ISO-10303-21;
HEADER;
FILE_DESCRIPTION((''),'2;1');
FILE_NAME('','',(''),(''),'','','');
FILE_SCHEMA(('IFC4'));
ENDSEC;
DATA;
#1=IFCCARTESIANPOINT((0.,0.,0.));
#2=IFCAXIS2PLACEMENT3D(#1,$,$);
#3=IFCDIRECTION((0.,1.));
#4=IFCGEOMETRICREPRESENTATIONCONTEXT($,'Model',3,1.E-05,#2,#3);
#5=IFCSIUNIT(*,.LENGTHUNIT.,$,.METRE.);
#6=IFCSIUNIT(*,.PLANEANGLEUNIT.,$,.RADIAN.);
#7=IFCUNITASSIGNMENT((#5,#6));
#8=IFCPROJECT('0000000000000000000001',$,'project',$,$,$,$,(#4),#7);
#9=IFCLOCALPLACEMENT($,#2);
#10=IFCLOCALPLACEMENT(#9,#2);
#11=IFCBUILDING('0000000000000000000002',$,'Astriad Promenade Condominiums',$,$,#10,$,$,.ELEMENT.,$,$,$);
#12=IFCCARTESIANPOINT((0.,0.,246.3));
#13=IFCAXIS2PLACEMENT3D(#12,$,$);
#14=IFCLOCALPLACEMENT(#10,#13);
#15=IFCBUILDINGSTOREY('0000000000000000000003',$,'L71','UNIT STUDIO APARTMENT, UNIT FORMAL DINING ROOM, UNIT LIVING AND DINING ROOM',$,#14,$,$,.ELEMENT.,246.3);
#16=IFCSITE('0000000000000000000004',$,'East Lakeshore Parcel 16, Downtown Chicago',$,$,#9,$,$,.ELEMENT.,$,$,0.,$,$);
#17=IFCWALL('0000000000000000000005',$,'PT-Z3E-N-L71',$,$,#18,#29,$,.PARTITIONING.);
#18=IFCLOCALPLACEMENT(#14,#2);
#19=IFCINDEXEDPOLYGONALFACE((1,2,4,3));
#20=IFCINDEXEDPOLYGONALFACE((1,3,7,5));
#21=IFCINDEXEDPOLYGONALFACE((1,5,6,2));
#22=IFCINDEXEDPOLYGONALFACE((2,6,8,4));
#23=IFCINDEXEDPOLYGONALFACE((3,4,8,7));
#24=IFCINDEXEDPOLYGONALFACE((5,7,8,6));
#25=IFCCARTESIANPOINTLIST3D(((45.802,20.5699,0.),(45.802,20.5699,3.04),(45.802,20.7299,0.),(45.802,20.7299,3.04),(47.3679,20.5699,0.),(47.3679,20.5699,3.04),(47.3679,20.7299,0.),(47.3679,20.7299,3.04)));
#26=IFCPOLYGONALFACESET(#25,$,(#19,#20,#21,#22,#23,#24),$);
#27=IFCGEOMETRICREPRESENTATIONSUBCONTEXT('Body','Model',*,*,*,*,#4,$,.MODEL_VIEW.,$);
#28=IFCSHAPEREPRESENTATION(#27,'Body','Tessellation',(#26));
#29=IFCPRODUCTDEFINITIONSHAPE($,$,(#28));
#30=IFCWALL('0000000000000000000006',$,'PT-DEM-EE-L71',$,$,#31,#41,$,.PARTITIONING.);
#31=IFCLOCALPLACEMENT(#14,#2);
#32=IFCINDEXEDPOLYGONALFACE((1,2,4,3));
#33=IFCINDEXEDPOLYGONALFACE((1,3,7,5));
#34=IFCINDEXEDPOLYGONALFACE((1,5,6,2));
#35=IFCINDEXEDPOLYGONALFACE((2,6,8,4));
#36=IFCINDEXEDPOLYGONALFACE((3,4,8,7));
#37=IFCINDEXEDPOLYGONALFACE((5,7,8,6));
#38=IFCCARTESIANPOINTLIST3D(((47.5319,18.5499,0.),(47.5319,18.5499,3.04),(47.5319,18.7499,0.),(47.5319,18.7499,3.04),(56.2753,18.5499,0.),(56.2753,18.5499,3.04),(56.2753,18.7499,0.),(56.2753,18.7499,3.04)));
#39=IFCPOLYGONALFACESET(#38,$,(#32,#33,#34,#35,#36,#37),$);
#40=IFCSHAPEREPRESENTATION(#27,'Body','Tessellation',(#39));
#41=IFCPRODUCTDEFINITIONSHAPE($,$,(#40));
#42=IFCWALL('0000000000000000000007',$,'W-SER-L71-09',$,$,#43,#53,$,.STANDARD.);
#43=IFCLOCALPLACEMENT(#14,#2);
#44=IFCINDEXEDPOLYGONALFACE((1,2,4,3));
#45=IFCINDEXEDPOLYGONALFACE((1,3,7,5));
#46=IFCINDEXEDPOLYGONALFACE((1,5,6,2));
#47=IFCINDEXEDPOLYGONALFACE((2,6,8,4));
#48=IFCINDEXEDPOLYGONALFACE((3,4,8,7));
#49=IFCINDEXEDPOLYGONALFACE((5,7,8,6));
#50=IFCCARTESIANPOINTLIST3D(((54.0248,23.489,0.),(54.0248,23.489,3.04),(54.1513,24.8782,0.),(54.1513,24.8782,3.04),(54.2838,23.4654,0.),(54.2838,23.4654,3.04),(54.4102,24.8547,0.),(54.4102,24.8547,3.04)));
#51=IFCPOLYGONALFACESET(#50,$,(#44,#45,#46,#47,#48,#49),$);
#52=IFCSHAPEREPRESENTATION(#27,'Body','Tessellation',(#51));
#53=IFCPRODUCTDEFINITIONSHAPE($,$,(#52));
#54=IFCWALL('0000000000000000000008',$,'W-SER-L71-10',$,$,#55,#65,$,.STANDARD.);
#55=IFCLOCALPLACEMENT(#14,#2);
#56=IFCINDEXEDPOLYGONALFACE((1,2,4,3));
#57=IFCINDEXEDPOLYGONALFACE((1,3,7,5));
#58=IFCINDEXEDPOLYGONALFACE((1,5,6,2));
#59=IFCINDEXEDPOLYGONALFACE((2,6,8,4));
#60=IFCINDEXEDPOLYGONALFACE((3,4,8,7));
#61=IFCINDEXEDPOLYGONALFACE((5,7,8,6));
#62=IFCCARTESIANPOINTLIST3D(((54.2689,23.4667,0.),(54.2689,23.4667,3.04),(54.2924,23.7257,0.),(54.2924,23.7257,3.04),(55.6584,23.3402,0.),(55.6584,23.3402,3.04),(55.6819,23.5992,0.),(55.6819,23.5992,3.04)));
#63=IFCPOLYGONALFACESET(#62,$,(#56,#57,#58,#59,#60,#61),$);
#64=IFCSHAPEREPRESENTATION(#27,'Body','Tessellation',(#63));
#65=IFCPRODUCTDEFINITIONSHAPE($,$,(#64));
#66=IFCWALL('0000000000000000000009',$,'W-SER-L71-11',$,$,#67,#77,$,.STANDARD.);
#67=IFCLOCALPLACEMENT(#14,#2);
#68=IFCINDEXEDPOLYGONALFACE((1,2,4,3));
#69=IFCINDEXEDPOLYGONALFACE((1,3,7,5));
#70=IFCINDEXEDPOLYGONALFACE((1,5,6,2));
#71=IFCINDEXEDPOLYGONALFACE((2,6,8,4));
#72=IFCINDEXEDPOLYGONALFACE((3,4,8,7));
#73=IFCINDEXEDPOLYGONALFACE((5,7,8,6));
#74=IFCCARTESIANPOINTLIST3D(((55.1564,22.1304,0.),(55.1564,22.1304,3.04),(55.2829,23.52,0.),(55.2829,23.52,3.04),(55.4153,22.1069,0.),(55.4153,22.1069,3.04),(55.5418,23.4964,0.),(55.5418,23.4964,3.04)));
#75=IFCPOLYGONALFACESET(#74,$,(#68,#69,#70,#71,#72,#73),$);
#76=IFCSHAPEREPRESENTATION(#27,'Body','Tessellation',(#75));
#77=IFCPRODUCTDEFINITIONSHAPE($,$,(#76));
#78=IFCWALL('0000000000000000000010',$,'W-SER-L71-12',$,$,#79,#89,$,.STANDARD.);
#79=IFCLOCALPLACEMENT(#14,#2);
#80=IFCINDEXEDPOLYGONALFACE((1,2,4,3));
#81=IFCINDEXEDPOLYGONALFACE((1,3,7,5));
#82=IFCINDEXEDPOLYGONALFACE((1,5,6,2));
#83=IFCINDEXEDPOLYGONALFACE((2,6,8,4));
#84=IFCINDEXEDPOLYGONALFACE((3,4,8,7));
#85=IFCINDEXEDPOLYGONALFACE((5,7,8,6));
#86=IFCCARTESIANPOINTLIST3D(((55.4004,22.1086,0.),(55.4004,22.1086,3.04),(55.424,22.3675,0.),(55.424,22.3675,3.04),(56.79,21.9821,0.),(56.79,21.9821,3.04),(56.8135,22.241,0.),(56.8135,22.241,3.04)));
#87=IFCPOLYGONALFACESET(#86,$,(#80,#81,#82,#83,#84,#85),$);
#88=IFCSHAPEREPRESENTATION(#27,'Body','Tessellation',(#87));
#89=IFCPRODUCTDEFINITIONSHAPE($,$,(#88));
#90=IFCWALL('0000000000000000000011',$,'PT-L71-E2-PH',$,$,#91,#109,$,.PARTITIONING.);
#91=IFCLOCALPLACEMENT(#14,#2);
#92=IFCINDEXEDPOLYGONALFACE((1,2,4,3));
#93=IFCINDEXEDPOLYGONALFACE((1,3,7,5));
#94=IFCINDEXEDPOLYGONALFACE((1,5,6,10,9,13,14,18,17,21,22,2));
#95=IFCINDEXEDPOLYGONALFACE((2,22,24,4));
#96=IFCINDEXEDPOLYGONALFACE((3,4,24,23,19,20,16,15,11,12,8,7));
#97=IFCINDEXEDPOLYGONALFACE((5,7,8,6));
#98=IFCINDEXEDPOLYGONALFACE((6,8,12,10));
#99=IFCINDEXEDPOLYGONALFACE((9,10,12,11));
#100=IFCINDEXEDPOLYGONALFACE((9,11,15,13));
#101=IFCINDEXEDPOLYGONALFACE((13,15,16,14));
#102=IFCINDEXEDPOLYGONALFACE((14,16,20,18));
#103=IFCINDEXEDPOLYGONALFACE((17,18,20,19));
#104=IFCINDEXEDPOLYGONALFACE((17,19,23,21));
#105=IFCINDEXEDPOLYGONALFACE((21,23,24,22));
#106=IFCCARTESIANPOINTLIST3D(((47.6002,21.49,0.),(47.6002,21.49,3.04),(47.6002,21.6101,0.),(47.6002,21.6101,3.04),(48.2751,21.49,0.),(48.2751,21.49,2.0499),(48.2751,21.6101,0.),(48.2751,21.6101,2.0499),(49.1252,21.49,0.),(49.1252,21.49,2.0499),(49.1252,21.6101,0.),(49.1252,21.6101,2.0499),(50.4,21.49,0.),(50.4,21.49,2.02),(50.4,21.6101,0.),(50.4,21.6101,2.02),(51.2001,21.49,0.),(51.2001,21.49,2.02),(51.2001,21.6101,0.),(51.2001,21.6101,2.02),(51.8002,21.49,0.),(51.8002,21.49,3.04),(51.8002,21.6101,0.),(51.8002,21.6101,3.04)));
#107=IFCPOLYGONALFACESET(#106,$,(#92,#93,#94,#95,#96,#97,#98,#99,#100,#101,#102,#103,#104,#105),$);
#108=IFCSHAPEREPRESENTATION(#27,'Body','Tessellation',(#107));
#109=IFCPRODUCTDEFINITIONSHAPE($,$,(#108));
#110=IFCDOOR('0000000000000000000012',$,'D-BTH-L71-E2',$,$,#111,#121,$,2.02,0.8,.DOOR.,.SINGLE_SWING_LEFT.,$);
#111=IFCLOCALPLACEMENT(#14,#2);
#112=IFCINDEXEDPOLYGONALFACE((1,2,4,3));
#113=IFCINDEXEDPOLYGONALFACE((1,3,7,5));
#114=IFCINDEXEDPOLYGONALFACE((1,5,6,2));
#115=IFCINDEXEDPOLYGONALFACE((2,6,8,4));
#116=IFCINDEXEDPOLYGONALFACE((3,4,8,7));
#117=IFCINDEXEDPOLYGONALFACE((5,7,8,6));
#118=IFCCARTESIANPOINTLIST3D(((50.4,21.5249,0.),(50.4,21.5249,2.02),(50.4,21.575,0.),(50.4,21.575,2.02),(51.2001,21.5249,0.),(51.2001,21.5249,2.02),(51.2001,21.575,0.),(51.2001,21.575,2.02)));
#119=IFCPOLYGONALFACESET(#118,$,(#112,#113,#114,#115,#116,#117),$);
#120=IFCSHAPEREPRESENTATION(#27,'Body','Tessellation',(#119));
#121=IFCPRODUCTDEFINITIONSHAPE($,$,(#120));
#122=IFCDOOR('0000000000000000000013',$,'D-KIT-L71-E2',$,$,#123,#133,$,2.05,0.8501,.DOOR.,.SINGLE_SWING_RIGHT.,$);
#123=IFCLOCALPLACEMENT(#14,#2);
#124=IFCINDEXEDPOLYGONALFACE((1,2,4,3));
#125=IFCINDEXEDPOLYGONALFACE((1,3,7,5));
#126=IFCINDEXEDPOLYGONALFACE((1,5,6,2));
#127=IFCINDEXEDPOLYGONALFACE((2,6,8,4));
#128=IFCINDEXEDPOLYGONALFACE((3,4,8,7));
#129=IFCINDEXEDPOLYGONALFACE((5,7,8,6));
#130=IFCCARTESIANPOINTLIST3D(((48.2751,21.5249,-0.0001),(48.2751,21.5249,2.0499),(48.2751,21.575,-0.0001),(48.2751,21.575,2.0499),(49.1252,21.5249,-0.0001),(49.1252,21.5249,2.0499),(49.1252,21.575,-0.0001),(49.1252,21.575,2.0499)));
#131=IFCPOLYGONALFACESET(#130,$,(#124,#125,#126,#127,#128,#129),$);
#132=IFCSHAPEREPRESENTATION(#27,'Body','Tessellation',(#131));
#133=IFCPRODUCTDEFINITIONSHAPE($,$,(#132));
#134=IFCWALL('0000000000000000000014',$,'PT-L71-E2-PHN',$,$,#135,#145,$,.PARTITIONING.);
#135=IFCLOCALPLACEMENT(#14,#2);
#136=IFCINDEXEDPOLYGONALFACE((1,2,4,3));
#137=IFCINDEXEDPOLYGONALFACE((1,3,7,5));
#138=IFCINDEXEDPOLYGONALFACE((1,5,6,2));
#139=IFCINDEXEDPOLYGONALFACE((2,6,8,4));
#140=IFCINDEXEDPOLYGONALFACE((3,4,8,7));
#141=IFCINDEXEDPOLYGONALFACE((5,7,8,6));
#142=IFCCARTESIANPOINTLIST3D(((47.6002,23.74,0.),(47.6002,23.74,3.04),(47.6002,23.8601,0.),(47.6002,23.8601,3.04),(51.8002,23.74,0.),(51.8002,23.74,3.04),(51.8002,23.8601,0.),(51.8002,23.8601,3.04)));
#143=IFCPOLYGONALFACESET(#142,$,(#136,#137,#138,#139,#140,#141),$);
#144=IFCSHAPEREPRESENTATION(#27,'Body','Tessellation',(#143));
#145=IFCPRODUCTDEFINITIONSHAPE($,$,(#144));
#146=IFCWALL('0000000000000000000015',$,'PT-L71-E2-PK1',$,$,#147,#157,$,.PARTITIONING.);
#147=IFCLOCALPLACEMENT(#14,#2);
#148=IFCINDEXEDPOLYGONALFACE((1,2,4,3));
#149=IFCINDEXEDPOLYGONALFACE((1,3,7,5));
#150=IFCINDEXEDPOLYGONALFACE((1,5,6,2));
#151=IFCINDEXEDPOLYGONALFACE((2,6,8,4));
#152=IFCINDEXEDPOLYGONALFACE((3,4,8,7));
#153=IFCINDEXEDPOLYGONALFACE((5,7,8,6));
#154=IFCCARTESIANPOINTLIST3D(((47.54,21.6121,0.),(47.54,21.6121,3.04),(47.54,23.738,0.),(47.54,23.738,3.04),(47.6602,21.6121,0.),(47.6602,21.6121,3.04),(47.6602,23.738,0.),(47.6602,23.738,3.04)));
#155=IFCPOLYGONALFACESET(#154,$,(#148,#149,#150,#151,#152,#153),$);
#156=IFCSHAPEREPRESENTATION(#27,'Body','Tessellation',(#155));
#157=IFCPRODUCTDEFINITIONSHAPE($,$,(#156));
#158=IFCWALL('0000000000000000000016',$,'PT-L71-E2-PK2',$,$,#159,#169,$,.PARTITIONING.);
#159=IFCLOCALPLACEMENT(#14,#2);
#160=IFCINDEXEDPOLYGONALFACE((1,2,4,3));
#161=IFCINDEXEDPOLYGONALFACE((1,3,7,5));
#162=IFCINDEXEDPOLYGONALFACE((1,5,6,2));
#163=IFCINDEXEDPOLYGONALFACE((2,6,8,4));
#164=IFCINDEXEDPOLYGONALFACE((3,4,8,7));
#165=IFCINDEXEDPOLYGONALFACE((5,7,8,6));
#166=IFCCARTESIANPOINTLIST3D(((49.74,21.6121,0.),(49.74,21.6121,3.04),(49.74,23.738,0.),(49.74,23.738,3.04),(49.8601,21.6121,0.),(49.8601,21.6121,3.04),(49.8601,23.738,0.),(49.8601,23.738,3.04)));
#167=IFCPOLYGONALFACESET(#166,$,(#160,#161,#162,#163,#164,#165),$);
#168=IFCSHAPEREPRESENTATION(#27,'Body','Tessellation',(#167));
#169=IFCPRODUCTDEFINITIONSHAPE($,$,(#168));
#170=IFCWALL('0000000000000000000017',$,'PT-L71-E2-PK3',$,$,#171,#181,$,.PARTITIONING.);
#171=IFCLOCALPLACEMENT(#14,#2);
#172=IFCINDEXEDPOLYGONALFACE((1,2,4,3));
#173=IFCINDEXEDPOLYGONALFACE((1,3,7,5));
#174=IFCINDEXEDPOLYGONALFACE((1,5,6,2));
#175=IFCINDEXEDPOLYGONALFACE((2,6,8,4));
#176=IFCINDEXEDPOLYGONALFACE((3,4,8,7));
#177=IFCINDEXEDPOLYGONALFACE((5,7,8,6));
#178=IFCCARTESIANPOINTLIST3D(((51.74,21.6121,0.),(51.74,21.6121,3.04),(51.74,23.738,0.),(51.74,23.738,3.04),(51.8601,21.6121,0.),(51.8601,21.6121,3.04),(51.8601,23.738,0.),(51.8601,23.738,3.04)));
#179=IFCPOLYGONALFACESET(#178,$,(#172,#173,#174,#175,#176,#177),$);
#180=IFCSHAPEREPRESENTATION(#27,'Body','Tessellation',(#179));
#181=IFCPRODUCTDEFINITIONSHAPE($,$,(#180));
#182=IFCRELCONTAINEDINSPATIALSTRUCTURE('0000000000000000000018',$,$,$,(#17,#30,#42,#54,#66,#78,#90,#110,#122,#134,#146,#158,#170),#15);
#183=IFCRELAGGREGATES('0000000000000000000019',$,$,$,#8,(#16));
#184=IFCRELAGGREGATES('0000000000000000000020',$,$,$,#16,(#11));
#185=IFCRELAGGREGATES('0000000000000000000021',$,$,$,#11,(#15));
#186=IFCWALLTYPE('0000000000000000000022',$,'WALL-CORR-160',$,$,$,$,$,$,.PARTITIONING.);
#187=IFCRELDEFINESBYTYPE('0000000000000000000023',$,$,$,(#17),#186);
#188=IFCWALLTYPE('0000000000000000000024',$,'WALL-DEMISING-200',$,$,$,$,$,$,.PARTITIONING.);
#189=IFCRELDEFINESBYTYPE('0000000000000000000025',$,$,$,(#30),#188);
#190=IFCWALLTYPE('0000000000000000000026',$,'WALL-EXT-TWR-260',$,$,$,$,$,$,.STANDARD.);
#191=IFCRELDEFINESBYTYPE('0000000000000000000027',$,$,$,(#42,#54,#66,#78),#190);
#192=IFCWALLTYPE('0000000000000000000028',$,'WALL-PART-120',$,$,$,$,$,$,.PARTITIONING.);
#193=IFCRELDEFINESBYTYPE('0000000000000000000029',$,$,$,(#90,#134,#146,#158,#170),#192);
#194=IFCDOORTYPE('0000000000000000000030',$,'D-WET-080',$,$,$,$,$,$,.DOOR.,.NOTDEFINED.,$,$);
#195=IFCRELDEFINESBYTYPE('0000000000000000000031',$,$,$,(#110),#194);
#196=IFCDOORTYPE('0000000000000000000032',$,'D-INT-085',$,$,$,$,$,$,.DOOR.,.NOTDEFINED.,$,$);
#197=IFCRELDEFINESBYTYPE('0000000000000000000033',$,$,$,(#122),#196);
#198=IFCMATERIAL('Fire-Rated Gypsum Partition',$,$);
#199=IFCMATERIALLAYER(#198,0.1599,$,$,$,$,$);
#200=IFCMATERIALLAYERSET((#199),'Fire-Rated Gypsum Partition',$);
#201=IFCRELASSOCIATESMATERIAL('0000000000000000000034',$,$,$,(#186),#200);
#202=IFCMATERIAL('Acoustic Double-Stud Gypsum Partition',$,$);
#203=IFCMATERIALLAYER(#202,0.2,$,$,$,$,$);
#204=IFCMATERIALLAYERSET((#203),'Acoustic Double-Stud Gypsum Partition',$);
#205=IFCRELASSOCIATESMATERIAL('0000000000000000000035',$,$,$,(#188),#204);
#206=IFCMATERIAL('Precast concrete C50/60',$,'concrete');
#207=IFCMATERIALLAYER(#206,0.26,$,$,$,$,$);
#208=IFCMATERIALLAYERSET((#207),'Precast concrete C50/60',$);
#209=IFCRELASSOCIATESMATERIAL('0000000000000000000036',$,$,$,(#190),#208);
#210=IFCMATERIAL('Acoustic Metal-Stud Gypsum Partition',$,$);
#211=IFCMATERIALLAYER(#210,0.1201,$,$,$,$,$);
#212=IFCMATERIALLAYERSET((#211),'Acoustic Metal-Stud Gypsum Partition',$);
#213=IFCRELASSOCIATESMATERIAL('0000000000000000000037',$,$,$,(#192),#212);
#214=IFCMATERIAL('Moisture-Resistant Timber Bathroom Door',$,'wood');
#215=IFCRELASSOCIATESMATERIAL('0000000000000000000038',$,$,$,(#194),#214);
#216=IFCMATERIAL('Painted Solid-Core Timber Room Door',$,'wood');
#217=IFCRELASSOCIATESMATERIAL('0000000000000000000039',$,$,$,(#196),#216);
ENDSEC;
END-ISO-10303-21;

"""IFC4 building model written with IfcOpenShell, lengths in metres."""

from ifc_helpers import new_model, si_unit, direction, frame, frame_2d, origin, place, context, subcontext, project, spatial, rectangle, extrude, source, transform, mapped, material, layer, layer_set, type_object, type_shapes, element, fill, save


model = new_model("IFC4")

# Units and contexts
model_context = context("Model", 3, precision=1e-05, world=origin(), true_north=direction((0.0, 1.0)))
body_context = subcontext(model_context, "Body", "Model", "MODEL_VIEW")
ifc_project = project(units=[si_unit("LENGTHUNIT", "METRE"), si_unit("PLANEANGLEUNIT", "RADIAN")], contexts=[model_context])

# Site, building, storey
site_placement = place(None, origin())
site = spatial("IfcSite", under=ifc_project, at=site_placement, Name="East Lakeshore Parcel 16, Downtown Chicago", CompositionType="ELEMENT", RefElevation=0.0)
building_placement = place(site_placement, origin())
building = spatial("IfcBuilding", under=site, at=building_placement, Name="Astriad Promenade Condominiums", CompositionType="ELEMENT")
storey_placement = place(building_placement, frame((0.0, 0.0, 246.3)))
storey = spatial("IfcBuildingStorey", under=building, at=storey_placement, Name="L71", Description="UNIT STUDIO APARTMENT, UNIT FORMAL DINING ROOM, UNIT LIVING AND DINING ROOM", CompositionType="ELEMENT", Elevation=246.3)

# Walls
ifc_material_1 = material(Name="Fire-Rated Gypsum Partition")
ifc_layer_1 = layer(ifc_material_1, 0.1599)
ifc_layer_set_1 = layer_set([ifc_layer_1], Name="Fire-Rated Gypsum Partition")
wall_type_1 = type_object("IfcWallType", Name="WALL-CORR-160", PredefinedType="PARTITIONING", material=ifc_layer_set_1)
wall_1_placement = place(storey_placement, frame((45.802, 20.6499, 0.0), z_axis=(0.0, 0.0, 1.0), x_axis=(1.0, 0.0, 0.0)))
element("IfcWall", 1, at=wall_1_placement, inside=storey, type_object=wall_type_1, Name="PT-Z3E-N-L71", PredefinedType="PARTITIONING", context=body_context, shape_type="SweptSolid", body=[
    extrude(rectangle(XDim=1.5659, YDim=0.1599, at=frame_2d((0.783, 0.0))), origin(), (0.0, 0.0, 1.0), 3.04),
])
ifc_material_2 = material(Name="Acoustic Double-Stud Gypsum Partition")
ifc_layer_2 = layer(ifc_material_2, 0.2)
ifc_layer_set_2 = layer_set([ifc_layer_2], Name="Acoustic Double-Stud Gypsum Partition")
wall_type_2 = type_object("IfcWallType", Name="WALL-DEMISING-200", PredefinedType="PARTITIONING", material=ifc_layer_set_2)
wall_2_placement = place(storey_placement, frame((47.532, 18.6499, 0.0), z_axis=(0.0, 0.0, 1.0), x_axis=(1.0, 0.0, 0.0)))
element("IfcWall", 2, at=wall_2_placement, inside=storey, type_object=wall_type_2, Name="PT-DEM-EE-L71", PredefinedType="PARTITIONING", context=body_context, shape_type="SweptSolid", body=[
    extrude(rectangle(XDim=8.7434, YDim=0.2, at=frame_2d((4.3716, 0.0))), origin(), (0.0, 0.0, 1.0), 3.04),
])
ifc_material_3 = material(Name="Precast concrete C50/60", Category="concrete")
ifc_layer_3 = layer(ifc_material_3, 0.26)
ifc_layer_set_3 = layer_set([ifc_layer_3], Name="Precast concrete C50/60")
wall_type_3 = type_object("IfcWallType", Name="WALL-EXT-TWR-260", PredefinedType="STANDARD", material=ifc_layer_set_3)
wall_3_placement = place(storey_placement, frame((54.2808, 24.8665, 0.0), z_axis=(0.0, 0.0, 1.0), x_axis=(-0.090662, -0.995882, 0.0)))
element("IfcWall", 3, at=wall_3_placement, inside=storey, type_object=wall_type_3, Name="W-SER-L71-09", PredefinedType="STANDARD", context=body_context, shape_type="SweptSolid", body=[
    extrude(rectangle(XDim=1.395, YDim=0.26, at=frame_2d((0.6975, 0.0))), origin(), (0.0, 0.0, 1.0), 3.04),
])
for number, where, z_axis, x_axis, name in (
    (4, (54.2805, 23.5962, 0.0), (0.0, 0.0, 1.0), (0.995883, -0.090646, 0.0), "W-SER-L71-10"),
    (5, (55.4124, 23.5083, 0.0), (0.0, 0.0, 1.0), (-0.090646, -0.995883, 0.0), "W-SER-L71-11"),
    (6, (55.4121, 22.238, 0.0), (0.0, 0.0, 1.0), (0.995883, -0.090646, 0.0), "W-SER-L71-12"),
):
    element("IfcWall", number, at=place(storey_placement, frame(where, z_axis=z_axis, x_axis=x_axis)), inside=storey, type_object=wall_type_3, Name=name, PredefinedType="STANDARD", context=body_context, shape_type="SweptSolid", body=[
        extrude(rectangle(XDim=1.3953, YDim=0.26, at=frame_2d((0.6978, 0.0))), origin(), (0.0, 0.0, 1.0), 3.04),
    ])

# Wall, openings, doors
ifc_material_4 = material(Name="Acoustic Metal-Stud Gypsum Partition")
ifc_layer_4 = layer(ifc_material_4, 0.1201)
ifc_layer_set_4 = layer_set([ifc_layer_4], Name="Acoustic Metal-Stud Gypsum Partition")
wall_type_4 = type_object("IfcWallType", Name="WALL-PART-120", PredefinedType="PARTITIONING", material=ifc_layer_set_4)
wall_4_placement = place(storey_placement, frame((47.6001, 21.55, 0.0), z_axis=(0.0, 0.0, 1.0), x_axis=(1.0, 0.0, 0.0)))
wall_4 = element("IfcWall", 7, at=wall_4_placement, inside=storey, type_object=wall_type_4, Name="PT-L71-E2-PH", PredefinedType="PARTITIONING", context=body_context, shape_type="SweptSolid", body=[
    extrude(rectangle(XDim=4.2, YDim=0.1201, at=frame_2d((2.1001, 0.0))), origin(), (0.0, 0.0, 1.0), 3.04),
])
opening_1_placement = place(wall_4_placement, frame((0.675, 0.0, 0.0)))
opening_1 = element("IfcOpeningElement", 8, at=opening_1_placement, cuts=wall_4, PredefinedType="OPENING", context=body_context, shape_type="SweptSolid", body=[
    extrude(rectangle(XDim=0.8501, YDim=2.05, at=frame_2d((0.425, 1.0249))), frame((0.0, 0.0701, 0.0), z_axis=(0.0, -1.0, 0.0), x_axis=(1.0, 0.0, 0.0)), (0.0, 0.0, 1.0), 0.1401),
])
opening_2_placement = place(wall_4_placement, frame((2.8, 0.0, 0.0)))
opening_2 = element("IfcOpeningElement", 9, at=opening_2_placement, cuts=wall_4, PredefinedType="OPENING", context=body_context, shape_type="SweptSolid", body=[
    extrude(rectangle(XDim=0.8, YDim=2.02, at=frame_2d((0.3999, 1.01))), frame((0.0, 0.0701, 0.0), z_axis=(0.0, -1.0, 0.0), x_axis=(1.0, 0.0, 0.0)), (0.0, 0.0, 1.0), 0.1401),
])
ifc_material_5 = material(Name="Moisture-Resistant Timber Bathroom Door", Category="wood")
door_type_1 = type_object("IfcDoorType", Name="D-WET-080", OperationType="NOTDEFINED", PredefinedType="DOOR", material=ifc_material_5)
shared_shape_1 = source(origin(), body_context, "Body", "SweptSolid", [
    extrude(rectangle(XDim=0.8, YDim=2.02, at=frame_2d((0.3999, 1.01))), frame((0.0, 0.0249, 0.0), z_axis=(0.0, -1.0, 0.0), x_axis=(1.0, 0.0, 0.0)), (0.0, 0.0, 1.0), 0.05),
])
type_shapes(door_type_1, [shared_shape_1])
door_1_placement = place(opening_2_placement, origin())
door_1 = element("IfcDoor", 10, at=door_1_placement, inside=storey, type_object=door_type_1, Name="D-BTH-L71-E2", OperationType="SINGLE_SWING_LEFT", OverallHeight=2.02, OverallWidth=0.8, PredefinedType="DOOR", context=body_context, shape_type="MappedRepresentation", body=[
    mapped(shared_shape_1, transform((0.0, 0.0, 0.0), scale=1.0)),
])
fill(opening_2, door_1)
ifc_material_6 = material(Name="Painted Solid-Core Timber Room Door", Category="wood")
door_type_2 = type_object("IfcDoorType", Name="D-INT-085", OperationType="NOTDEFINED", PredefinedType="DOOR", material=ifc_material_6)
shared_shape_2 = source(origin(), body_context, "Body", "SweptSolid", [
    extrude(rectangle(XDim=0.8501, YDim=2.05, at=frame_2d((0.425, 1.0249))), frame((0.0, 0.0249, 0.0), z_axis=(0.0, -1.0, 0.0), x_axis=(1.0, 0.0, 0.0)), (0.0, 0.0, 1.0), 0.05),
])
type_shapes(door_type_2, [shared_shape_2])
door_2_placement = place(opening_1_placement, origin())
door_2 = element("IfcDoor", 11, at=door_2_placement, inside=storey, type_object=door_type_2, Name="D-KIT-L71-E2", OperationType="SINGLE_SWING_RIGHT", OverallHeight=2.05, OverallWidth=0.8501, PredefinedType="DOOR", context=body_context, shape_type="MappedRepresentation", body=[
    mapped(shared_shape_2, transform((0.0, 0.0, 0.0), scale=1.0)),
])
fill(opening_1, door_2)

# Walls
wall_5_placement = place(storey_placement, frame((47.6001, 23.8, 0.0), z_axis=(0.0, 0.0, 1.0), x_axis=(1.0, 0.0, 0.0)))
element("IfcWall", 12, at=wall_5_placement, inside=storey, type_object=wall_type_4, Name="PT-L71-E2-PHN", PredefinedType="PARTITIONING", context=body_context, shape_type="SweptSolid", body=[
    extrude(rectangle(XDim=4.2, YDim=0.1201, at=frame_2d((2.1001, 0.0))), origin(), (0.0, 0.0, 1.0), 3.04),
])
for number, where, z_axis, x_axis, name in (
    (13, (47.6001, 21.6121, 0.0), (0.0, 0.0, 1.0), (0.0, 1.0, 0.0), "PT-L71-E2-PK1"),
    (14, (49.8, 21.6121, 0.0), (0.0, 0.0, 1.0), (0.0, 1.0, 0.0), "PT-L71-E2-PK2"),
    (15, (51.8, 21.6121, 0.0), (0.0, 0.0, 1.0), (0.0, 1.0, 0.0), "PT-L71-E2-PK3"),
):
    element("IfcWall", number, at=place(storey_placement, frame(where, z_axis=z_axis, x_axis=x_axis)), inside=storey, type_object=wall_type_4, Name=name, PredefinedType="PARTITIONING", context=body_context, shape_type="SweptSolid", body=[
        extrude(rectangle(XDim=2.126, YDim=0.1201, at=frame_2d((1.063, 0.0))), origin(), (0.0, 0.0, 1.0), 3.04),
    ])

save(model, "model.ifc")
